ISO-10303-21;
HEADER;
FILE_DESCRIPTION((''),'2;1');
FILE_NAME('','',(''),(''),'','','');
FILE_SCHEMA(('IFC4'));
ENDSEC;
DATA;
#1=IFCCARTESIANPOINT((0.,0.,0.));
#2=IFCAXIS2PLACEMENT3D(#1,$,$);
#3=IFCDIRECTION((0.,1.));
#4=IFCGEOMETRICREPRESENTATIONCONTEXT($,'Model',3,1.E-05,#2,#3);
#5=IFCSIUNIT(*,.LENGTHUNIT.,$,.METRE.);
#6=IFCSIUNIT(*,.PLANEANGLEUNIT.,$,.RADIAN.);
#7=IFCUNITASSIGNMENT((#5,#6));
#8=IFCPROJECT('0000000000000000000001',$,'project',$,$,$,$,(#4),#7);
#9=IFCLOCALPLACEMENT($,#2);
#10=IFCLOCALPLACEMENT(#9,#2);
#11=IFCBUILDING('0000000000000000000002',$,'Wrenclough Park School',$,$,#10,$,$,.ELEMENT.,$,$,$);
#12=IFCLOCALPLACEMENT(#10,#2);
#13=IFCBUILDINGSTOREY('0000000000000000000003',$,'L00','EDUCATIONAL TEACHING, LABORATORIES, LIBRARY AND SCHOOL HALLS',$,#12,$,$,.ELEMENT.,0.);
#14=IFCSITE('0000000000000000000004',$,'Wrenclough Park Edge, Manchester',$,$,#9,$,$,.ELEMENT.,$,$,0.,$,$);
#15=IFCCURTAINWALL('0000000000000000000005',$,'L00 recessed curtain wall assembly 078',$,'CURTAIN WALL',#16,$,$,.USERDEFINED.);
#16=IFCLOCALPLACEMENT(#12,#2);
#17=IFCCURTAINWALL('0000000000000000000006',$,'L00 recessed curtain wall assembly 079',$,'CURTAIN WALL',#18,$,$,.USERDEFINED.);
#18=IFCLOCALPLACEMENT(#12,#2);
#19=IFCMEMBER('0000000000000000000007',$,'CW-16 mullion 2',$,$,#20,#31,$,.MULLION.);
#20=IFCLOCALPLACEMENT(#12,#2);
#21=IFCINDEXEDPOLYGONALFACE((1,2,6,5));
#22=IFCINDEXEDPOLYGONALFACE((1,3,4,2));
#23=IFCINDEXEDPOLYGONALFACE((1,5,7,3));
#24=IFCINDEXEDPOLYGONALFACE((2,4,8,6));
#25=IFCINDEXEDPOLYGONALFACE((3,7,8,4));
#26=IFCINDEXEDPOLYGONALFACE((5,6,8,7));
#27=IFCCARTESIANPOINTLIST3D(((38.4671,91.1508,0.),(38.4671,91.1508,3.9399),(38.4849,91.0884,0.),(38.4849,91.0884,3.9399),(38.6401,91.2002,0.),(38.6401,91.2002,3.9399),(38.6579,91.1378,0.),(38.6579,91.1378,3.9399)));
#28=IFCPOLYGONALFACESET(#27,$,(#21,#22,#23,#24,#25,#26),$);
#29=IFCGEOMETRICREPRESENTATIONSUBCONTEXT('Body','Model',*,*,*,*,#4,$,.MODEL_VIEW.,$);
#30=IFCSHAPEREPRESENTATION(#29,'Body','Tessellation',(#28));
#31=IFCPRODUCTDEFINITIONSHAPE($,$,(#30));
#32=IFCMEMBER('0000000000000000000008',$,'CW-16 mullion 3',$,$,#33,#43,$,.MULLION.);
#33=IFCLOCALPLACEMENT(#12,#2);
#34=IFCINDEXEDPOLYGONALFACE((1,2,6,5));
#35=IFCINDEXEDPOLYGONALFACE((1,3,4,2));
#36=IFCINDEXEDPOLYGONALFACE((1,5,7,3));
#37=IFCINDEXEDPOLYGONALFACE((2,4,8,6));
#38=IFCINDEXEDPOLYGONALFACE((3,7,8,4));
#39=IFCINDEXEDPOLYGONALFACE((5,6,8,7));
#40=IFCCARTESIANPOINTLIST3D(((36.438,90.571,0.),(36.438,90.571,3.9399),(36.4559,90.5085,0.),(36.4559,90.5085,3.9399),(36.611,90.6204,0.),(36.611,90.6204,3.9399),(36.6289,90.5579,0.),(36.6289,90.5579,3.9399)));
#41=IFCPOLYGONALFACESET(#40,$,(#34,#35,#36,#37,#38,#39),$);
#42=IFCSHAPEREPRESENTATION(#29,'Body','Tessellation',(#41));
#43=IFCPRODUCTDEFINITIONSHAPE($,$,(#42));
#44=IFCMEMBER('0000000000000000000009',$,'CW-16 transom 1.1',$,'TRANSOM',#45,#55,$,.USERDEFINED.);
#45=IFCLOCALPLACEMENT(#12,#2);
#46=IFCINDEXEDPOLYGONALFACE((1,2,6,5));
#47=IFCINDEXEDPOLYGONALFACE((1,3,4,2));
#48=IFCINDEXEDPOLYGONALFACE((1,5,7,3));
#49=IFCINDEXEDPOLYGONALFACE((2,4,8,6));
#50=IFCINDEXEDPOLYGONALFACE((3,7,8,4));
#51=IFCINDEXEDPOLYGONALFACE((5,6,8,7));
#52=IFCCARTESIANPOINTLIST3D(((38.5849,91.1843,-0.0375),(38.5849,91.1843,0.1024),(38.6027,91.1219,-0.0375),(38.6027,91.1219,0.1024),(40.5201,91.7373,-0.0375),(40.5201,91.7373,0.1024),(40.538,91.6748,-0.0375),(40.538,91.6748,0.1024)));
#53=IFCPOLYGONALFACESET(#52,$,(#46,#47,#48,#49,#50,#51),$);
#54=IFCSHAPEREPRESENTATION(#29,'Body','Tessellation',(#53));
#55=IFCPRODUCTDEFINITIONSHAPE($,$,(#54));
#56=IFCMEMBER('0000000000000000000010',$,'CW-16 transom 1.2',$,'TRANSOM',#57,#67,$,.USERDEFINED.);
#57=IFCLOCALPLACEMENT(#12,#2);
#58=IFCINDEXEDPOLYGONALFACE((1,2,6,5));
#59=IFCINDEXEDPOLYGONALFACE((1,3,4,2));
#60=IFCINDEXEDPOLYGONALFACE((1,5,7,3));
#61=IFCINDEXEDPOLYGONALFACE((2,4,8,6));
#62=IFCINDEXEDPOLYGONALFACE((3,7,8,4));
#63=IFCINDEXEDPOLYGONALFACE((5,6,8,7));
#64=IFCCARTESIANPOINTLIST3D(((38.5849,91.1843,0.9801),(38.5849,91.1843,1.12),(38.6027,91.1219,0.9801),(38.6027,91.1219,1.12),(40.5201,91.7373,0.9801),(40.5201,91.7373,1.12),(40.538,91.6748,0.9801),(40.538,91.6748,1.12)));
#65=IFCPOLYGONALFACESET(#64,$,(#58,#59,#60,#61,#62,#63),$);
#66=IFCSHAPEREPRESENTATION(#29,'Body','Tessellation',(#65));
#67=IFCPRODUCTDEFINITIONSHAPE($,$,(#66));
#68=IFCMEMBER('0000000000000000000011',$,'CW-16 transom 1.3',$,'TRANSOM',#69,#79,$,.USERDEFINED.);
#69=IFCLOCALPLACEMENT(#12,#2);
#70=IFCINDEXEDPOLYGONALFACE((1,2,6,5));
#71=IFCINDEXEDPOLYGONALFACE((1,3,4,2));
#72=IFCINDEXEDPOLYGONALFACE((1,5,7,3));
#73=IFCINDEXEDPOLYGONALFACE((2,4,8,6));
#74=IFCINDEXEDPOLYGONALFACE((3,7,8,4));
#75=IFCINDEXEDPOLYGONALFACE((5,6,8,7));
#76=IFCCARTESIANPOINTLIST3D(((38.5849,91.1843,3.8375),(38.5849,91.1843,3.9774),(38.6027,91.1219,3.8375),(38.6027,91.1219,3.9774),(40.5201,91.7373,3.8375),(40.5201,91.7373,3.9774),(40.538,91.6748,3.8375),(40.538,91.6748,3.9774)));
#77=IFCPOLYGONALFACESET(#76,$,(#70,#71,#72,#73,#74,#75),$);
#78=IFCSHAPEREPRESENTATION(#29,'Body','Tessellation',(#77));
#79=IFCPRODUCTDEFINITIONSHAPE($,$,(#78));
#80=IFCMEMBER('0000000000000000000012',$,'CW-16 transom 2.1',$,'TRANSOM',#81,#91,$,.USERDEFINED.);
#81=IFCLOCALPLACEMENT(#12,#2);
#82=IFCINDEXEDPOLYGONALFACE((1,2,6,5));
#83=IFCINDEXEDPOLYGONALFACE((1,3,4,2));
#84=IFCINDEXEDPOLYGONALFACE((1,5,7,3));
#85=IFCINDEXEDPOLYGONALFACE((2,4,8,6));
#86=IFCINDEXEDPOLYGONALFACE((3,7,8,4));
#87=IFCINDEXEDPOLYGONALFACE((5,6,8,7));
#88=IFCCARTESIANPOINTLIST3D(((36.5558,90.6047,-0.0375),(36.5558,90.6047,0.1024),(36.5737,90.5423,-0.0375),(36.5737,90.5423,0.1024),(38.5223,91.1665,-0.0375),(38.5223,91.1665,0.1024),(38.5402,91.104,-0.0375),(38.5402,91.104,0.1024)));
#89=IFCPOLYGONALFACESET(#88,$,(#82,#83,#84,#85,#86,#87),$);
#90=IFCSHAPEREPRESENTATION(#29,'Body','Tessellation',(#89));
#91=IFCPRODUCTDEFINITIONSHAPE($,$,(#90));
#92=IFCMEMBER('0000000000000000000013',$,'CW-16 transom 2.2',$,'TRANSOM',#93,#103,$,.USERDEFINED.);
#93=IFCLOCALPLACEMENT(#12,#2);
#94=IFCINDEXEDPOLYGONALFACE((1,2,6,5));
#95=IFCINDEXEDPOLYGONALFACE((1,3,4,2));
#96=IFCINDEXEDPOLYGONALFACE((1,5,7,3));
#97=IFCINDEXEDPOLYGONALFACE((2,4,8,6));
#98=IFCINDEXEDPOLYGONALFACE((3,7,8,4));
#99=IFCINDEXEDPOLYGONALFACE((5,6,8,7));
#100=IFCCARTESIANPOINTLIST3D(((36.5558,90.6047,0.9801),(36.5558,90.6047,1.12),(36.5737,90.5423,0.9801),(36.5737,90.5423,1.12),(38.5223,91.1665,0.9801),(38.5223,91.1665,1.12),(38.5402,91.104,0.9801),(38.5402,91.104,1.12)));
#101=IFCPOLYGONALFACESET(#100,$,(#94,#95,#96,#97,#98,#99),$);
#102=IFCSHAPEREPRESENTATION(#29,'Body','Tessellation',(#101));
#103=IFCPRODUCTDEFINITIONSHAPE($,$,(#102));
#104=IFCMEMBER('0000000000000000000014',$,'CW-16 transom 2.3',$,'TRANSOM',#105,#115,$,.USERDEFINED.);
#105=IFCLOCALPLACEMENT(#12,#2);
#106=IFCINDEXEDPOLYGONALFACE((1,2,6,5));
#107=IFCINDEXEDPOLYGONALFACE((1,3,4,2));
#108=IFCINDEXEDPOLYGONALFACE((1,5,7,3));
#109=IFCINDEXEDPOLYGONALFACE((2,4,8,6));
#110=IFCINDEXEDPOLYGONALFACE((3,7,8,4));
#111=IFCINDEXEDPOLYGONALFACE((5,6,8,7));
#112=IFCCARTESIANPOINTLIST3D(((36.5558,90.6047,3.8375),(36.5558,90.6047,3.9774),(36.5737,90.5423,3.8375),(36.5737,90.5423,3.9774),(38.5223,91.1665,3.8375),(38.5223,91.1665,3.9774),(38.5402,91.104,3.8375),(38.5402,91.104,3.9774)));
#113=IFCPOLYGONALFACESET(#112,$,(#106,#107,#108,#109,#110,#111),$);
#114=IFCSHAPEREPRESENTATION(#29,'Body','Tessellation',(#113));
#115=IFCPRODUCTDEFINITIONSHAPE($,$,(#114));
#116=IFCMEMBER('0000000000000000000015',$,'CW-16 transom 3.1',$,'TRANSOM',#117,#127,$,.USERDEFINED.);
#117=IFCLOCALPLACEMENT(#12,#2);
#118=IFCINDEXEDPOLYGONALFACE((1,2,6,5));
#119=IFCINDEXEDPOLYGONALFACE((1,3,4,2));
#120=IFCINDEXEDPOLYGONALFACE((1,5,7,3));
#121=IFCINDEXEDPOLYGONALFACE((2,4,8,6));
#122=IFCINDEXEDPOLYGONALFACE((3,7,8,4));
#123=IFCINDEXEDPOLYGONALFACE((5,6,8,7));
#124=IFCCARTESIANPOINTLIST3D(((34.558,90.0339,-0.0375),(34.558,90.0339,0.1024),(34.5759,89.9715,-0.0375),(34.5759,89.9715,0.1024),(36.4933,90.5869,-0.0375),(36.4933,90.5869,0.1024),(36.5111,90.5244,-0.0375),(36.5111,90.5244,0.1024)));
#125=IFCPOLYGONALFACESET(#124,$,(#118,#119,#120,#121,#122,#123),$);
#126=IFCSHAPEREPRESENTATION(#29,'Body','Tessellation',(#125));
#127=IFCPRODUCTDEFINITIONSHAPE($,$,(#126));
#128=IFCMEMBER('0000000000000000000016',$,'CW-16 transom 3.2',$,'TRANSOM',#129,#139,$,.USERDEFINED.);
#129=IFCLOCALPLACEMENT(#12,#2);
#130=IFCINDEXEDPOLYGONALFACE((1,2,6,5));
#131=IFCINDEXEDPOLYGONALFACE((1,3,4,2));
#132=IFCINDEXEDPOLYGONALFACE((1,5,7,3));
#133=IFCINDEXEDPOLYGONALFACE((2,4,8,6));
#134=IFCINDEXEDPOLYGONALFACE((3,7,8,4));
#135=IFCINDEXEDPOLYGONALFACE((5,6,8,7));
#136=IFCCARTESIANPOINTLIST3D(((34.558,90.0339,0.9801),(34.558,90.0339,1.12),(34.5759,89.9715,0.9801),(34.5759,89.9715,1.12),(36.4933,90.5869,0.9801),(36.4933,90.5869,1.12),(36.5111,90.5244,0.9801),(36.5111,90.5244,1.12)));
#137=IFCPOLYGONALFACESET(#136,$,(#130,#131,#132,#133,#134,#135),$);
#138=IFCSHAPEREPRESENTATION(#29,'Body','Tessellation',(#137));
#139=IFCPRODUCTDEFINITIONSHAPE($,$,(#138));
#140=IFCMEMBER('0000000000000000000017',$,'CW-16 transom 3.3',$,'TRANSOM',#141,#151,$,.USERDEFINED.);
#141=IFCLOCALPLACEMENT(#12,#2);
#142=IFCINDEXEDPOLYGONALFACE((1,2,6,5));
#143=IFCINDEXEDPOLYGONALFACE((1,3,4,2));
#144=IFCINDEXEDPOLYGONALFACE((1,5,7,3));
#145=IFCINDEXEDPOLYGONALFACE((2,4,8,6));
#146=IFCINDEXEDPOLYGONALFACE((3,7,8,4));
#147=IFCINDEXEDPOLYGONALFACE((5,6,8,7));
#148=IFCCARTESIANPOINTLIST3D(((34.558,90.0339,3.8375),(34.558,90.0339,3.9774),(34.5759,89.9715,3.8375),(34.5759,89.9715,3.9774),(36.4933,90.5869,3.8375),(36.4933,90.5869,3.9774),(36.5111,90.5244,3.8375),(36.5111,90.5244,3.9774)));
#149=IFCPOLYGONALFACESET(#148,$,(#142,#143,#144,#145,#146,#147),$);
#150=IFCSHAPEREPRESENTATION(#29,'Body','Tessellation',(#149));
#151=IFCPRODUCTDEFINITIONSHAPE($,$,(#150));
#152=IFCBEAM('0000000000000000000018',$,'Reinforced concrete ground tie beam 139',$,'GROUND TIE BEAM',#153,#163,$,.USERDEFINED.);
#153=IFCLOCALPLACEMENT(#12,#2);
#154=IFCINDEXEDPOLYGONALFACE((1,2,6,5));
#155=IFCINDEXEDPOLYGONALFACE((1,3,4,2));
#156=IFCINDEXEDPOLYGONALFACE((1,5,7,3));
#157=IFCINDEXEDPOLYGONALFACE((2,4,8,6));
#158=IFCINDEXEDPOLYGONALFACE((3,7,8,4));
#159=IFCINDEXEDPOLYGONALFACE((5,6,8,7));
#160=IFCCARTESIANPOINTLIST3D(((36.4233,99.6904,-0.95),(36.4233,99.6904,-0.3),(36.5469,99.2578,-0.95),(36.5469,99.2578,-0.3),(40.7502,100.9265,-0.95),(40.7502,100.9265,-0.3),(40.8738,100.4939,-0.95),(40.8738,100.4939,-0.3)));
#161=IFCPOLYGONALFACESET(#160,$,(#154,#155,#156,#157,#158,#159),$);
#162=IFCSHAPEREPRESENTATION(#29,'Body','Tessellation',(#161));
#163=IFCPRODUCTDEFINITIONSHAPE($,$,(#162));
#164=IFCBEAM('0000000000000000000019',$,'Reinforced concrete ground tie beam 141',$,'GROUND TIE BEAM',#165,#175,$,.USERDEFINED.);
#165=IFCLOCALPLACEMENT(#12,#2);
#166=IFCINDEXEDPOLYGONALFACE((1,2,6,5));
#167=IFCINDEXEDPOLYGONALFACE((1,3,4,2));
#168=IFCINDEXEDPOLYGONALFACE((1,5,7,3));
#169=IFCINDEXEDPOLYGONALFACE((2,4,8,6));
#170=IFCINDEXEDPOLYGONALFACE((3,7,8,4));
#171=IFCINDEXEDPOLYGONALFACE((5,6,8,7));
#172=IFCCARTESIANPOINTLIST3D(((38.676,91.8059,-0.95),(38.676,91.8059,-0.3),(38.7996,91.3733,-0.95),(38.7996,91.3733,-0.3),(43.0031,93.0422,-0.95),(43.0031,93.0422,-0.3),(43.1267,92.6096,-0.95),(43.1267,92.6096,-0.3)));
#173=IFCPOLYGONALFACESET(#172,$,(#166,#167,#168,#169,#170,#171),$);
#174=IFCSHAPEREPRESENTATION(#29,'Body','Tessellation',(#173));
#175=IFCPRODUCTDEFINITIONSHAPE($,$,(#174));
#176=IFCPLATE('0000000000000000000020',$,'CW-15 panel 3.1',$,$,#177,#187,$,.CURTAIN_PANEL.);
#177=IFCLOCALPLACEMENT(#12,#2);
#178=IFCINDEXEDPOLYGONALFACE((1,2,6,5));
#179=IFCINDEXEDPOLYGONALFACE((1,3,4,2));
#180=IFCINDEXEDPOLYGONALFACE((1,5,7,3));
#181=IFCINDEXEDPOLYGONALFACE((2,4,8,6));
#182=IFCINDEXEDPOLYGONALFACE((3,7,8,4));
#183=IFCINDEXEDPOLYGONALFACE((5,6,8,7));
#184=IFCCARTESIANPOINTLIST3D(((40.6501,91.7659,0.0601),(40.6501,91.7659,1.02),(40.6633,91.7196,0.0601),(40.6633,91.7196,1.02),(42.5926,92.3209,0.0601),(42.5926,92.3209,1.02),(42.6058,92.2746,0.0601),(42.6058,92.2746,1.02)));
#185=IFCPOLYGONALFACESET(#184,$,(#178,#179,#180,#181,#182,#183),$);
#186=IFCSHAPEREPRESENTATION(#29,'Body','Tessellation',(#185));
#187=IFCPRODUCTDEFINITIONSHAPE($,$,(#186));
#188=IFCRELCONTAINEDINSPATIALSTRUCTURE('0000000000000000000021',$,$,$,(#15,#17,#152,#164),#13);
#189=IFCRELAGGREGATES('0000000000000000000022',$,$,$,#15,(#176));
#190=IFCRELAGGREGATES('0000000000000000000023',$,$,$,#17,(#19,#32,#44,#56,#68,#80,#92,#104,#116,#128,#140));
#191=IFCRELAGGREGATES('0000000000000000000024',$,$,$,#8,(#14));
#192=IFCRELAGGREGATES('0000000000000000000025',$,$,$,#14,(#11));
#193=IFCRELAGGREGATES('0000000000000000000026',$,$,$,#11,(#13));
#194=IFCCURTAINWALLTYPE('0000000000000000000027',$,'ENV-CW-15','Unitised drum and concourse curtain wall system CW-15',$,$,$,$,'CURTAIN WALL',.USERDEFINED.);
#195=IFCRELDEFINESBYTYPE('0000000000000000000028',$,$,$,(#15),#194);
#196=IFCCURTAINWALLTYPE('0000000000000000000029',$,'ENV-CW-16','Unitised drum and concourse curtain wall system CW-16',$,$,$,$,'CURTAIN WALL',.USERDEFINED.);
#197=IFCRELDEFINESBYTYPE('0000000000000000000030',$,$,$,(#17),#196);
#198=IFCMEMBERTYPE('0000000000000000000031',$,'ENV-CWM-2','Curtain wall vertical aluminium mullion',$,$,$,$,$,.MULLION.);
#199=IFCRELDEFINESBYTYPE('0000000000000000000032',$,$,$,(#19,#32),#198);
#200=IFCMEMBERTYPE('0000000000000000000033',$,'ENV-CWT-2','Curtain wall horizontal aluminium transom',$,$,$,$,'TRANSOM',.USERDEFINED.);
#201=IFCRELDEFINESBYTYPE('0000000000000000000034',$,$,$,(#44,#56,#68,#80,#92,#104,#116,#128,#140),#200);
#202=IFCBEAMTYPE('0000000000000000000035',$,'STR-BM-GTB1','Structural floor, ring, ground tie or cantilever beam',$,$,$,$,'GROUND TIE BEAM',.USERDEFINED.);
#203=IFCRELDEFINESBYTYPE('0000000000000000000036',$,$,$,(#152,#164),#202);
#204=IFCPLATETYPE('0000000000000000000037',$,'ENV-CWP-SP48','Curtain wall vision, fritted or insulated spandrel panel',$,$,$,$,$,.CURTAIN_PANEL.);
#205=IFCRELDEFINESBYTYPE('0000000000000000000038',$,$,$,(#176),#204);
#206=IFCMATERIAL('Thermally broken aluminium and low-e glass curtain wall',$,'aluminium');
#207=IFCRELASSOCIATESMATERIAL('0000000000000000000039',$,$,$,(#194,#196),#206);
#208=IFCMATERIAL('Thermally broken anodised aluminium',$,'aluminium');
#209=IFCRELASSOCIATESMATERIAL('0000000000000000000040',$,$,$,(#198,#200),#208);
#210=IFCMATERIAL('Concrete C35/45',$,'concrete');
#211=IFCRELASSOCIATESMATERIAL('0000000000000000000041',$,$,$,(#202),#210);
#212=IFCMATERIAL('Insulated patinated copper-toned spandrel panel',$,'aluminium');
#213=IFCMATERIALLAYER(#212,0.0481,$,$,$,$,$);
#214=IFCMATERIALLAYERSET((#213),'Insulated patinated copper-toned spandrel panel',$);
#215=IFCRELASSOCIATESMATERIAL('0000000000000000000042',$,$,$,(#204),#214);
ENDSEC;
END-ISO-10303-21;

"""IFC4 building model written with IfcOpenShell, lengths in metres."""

from ifc_helpers import new_model, si_unit, direction, frame, origin, origin_2d, place, context, subcontext, project, spatial, rectangle, extrude, material, layer, layer_set, material_profile, profile_set, type_object, element, aggregate, save


model = new_model("IFC4")

# Units and contexts
model_context = context("Model", 3, precision=1e-05, world=origin(), true_north=direction((0.0, 1.0)))
body_context = subcontext(model_context, "Body", "Model", "MODEL_VIEW")
ifc_project = project(units=[si_unit("LENGTHUNIT", "METRE"), si_unit("PLANEANGLEUNIT", "RADIAN")], contexts=[model_context])

# Site, building, storey
site_placement = place(None, origin())
site = spatial("IfcSite", under=ifc_project, at=site_placement, Name="Wrenclough Park Edge, Manchester", CompositionType="ELEMENT", RefElevation=0.0)
building_placement = place(site_placement, origin())
building = spatial("IfcBuilding", under=site, at=building_placement, Name="Wrenclough Park School", CompositionType="ELEMENT")
storey_placement = place(building_placement, origin())
storey = spatial("IfcBuildingStorey", under=building, at=storey_placement, Name="L00", Description="EDUCATIONAL TEACHING, LABORATORIES, LIBRARY AND SCHOOL HALLS", CompositionType="ELEMENT", Elevation=0.0)

# Shared definitions
ifc_material_1 = material(Name="Concrete C35/45", Category="concrete")

# Curtain wall
ifc_material_2 = material(Name="Thermally broken aluminium and low-e glass curtain wall", Category="aluminium")
curtain_wall_type_1 = type_object("IfcCurtainWallType", Name="ENV-CW-15", Description="Unitised drum and concourse curtain wall system CW-15", ElementType="CURTAIN WALL", PredefinedType="USERDEFINED", material=ifc_material_2)
curtain_wall_1_placement = place(storey_placement, origin())
curtain_wall_1 = element("IfcCurtainWall", 1, at=curtain_wall_1_placement, inside=storey, type_object=curtain_wall_type_1, Name="L00 recessed curtain wall assembly 078", ObjectType="CURTAIN WALL", PredefinedType="USERDEFINED")
ifc_material_3 = material(Name="Thermally broken anodised aluminium", Category="aluminium")

# Curtain wall, members
curtain_wall_type_2 = type_object("IfcCurtainWallType", Name="ENV-CW-16", Description="Unitised drum and concourse curtain wall system CW-16", ElementType="CURTAIN WALL", PredefinedType="USERDEFINED", material=ifc_material_2)
curtain_wall_2_placement = place(storey_placement, origin())
curtain_wall_2 = element("IfcCurtainWall", 2, at=curtain_wall_2_placement, inside=storey, type_object=curtain_wall_type_2, Name="L00 recessed curtain wall assembly 079", ObjectType="CURTAIN WALL", PredefinedType="USERDEFINED")
ifc_material_profile_1 = material_profile(ifc_material_3, rectangle(XDim=0.0649, YDim=0.1799, at=origin_2d()), Name="AL MULLION 65x180")
ifc_profile_set_1 = profile_set([ifc_material_profile_1], Name="Thermally broken anodised aluminium")
member_type_1 = type_object("IfcMemberType", Name="ENV-CWM-2", Description="Curtain wall vertical aluminium mullion", PredefinedType="MULLION", material=ifc_profile_set_1)
member_1_placement = place(storey_placement, frame((38.5625, 91.1443, 0.0), z_axis=(0.0, 0.0, 1.0), x_axis=(0.274721, -0.961524, 0.0)))
member_1 = element("IfcMember", 3, at=member_1_placement, type_object=member_type_1, Name="CW-16 mullion 2", PredefinedType="MULLION", context=body_context, shape_type="SweptSolid", body=[
    extrude(rectangle(XDim=0.0649, YDim=0.1799, at=origin_2d()), origin(), (0.0, 0.0, 1.0), 3.9399),
])
member_2_placement = place(storey_placement, frame((36.5334, 90.5645, 0.0), z_axis=(0.0, 0.0, 1.0), x_axis=(0.274721, -0.961524, 0.0)))
member_2 = element("IfcMember", 4, at=member_2_placement, type_object=member_type_1, Name="CW-16 mullion 3", PredefinedType="MULLION", context=body_context, shape_type="SweptSolid", body=[
    extrude(rectangle(XDim=0.0649, YDim=0.1799, at=origin_2d()), origin(), (0.0, 0.0, 1.0), 3.9399),
])
ifc_material_profile_2 = material_profile(ifc_material_3, rectangle(XDim=0.0649, YDim=0.1399, at=origin_2d()), Name="AL TRANSOM 65x140")
ifc_profile_set_2 = profile_set([ifc_material_profile_2], Name="Thermally broken anodised aluminium")
member_type_2 = type_object("IfcMemberType", Name="ENV-CWT-2", Description="Curtain wall horizontal aluminium transom", ElementType="TRANSOM", PredefinedType="USERDEFINED", material=ifc_profile_set_2)
member_3_placement = place(storey_placement, frame((40.5291, 91.7061, 0.0325), z_axis=(-0.961519, -0.274737, 0.0), x_axis=(0.274737, -0.961519, 0.0)))
member_3 = element("IfcMember", 5, at=member_3_placement, type_object=member_type_2, Name="CW-16 transom 1.1", ObjectType="TRANSOM", PredefinedType="USERDEFINED", context=body_context, shape_type="SweptSolid", body=[
    extrude(rectangle(XDim=0.0649, YDim=0.1399, at=origin_2d()), origin(), (0.0, 0.0, 1.0), 2.0127),
])
member_4_placement = place(storey_placement, frame((40.5291, 91.7061, 1.05), z_axis=(-0.961519, -0.274737, 0.0), x_axis=(0.274737, -0.961519, 0.0)))
member_4 = element("IfcMember", 6, at=member_4_placement, type_object=member_type_2, Name="CW-16 transom 1.2", ObjectType="TRANSOM", PredefinedType="USERDEFINED", context=body_context, shape_type="SweptSolid", body=[
    extrude(rectangle(XDim=0.0649, YDim=0.1399, at=origin_2d()), origin(), (0.0, 0.0, 1.0), 2.0127),
])
member_5_placement = place(storey_placement, frame((40.5291, 91.7061, 3.9075), z_axis=(-0.961519, -0.274737, 0.0), x_axis=(0.274737, -0.961519, 0.0)))
member_5 = element("IfcMember", 7, at=member_5_placement, type_object=member_type_2, Name="CW-16 transom 1.3", ObjectType="TRANSOM", PredefinedType="USERDEFINED", context=body_context, shape_type="SweptSolid", body=[
    extrude(rectangle(XDim=0.0649, YDim=0.1399, at=origin_2d()), origin(), (0.0, 0.0, 1.0), 2.0127),
])
member_6_placement = place(storey_placement, frame((38.5312, 91.1353, 0.0325), z_axis=(-0.961537, -0.274674, 0.0), x_axis=(0.274674, -0.961537, 0.0)))
member_6 = element("IfcMember", 8, at=member_6_placement, type_object=member_type_2, Name="CW-16 transom 2.1", ObjectType="TRANSOM", PredefinedType="USERDEFINED", context=body_context, shape_type="SweptSolid", body=[
    extrude(rectangle(XDim=0.0649, YDim=0.1399, at=origin_2d()), origin(), (0.0, 0.0, 1.0), 2.0452),
])
member_7_placement = place(storey_placement, frame((38.5312, 91.1353, 1.05), z_axis=(-0.961537, -0.274674, 0.0), x_axis=(0.274674, -0.961537, 0.0)))
member_7 = element("IfcMember", 9, at=member_7_placement, type_object=member_type_2, Name="CW-16 transom 2.2", ObjectType="TRANSOM", PredefinedType="USERDEFINED", context=body_context, shape_type="SweptSolid", body=[
    extrude(rectangle(XDim=0.0649, YDim=0.1399, at=origin_2d()), origin(), (0.0, 0.0, 1.0), 2.0452),
])
member_8_placement = place(storey_placement, frame((38.5312, 91.1353, 3.9075), z_axis=(-0.961537, -0.274674, 0.0), x_axis=(0.274674, -0.961537, 0.0)))
member_8 = element("IfcMember", 10, at=member_8_placement, type_object=member_type_2, Name="CW-16 transom 2.3", ObjectType="TRANSOM", PredefinedType="USERDEFINED", context=body_context, shape_type="SweptSolid", body=[
    extrude(rectangle(XDim=0.0649, YDim=0.1399, at=origin_2d()), origin(), (0.0, 0.0, 1.0), 2.0452),
])
member_9_placement = place(storey_placement, frame((36.5022, 90.5557, 0.0325), z_axis=(-0.961519, -0.274737, 0.0), x_axis=(0.274737, -0.961519, 0.0)))
member_9 = element("IfcMember", 11, at=member_9_placement, type_object=member_type_2, Name="CW-16 transom 3.1", ObjectType="TRANSOM", PredefinedType="USERDEFINED", context=body_context, shape_type="SweptSolid", body=[
    extrude(rectangle(XDim=0.0649, YDim=0.1399, at=origin_2d()), origin(), (0.0, 0.0, 1.0), 2.0127),
])
member_10_placement = place(storey_placement, frame((36.5022, 90.5557, 1.05), z_axis=(-0.961519, -0.274737, 0.0), x_axis=(0.274737, -0.961519, 0.0)))
member_10 = element("IfcMember", 12, at=member_10_placement, type_object=member_type_2, Name="CW-16 transom 3.2", ObjectType="TRANSOM", PredefinedType="USERDEFINED", context=body_context, shape_type="SweptSolid", body=[
    extrude(rectangle(XDim=0.0649, YDim=0.1399, at=origin_2d()), origin(), (0.0, 0.0, 1.0), 2.0127),
])
member_11_placement = place(storey_placement, frame((36.5022, 90.5557, 3.9075), z_axis=(-0.961519, -0.274737, 0.0), x_axis=(0.274737, -0.961519, 0.0)))
member_11 = element("IfcMember", 13, at=member_11_placement, type_object=member_type_2, Name="CW-16 transom 3.3", ObjectType="TRANSOM", PredefinedType="USERDEFINED", context=body_context, shape_type="SweptSolid", body=[
    extrude(rectangle(XDim=0.0649, YDim=0.1399, at=origin_2d()), origin(), (0.0, 0.0, 1.0), 2.0127),
])

# Beams
ifc_material_profile_3 = material_profile(ifc_material_1, rectangle(XDim=0.45, YDim=0.6499, at=origin_2d()), Name="RC GROUND 450x650")
ifc_profile_set_3 = profile_set([ifc_material_profile_3], Name="Concrete C35/45")
beam_type = type_object("IfcBeamType", Name="STR-BM-GTB1", Description="Structural floor, ring, ground tie or cantilever beam", ElementType="GROUND TIE BEAM", PredefinedType="USERDEFINED", material=ifc_profile_set_3)
beam_1_placement = place(storey_placement, frame((36.4851, 99.4741, -0.625), z_axis=(0.961534, 0.274685, 0.0), x_axis=(-0.274685, 0.961534, 0.0)))
element("IfcBeam", 14, at=beam_1_placement, inside=storey, type_object=beam_type, Name="Reinforced concrete ground tie beam 139", ObjectType="GROUND TIE BEAM", PredefinedType="USERDEFINED", context=body_context, shape_type="SweptSolid", body=[
    extrude(rectangle(XDim=0.45, YDim=0.6499, at=origin_2d()), origin(), (0.0, 0.0, 1.0), 4.5),
])
beam_2_placement = place(storey_placement, frame((38.7378, 91.5896, -0.625), z_axis=(0.961524, 0.274721, 0.0), x_axis=(-0.274721, 0.961524, 0.0)))
element("IfcBeam", 15, at=beam_2_placement, inside=storey, type_object=beam_type, Name="Reinforced concrete ground tie beam 141", ObjectType="GROUND TIE BEAM", PredefinedType="USERDEFINED", context=body_context, shape_type="SweptSolid", body=[
    extrude(rectangle(XDim=0.45, YDim=0.6499, at=origin_2d()), origin(), (0.0, 0.0, 1.0), 4.5002),
])

# Plate
ifc_material_4 = material(Name="Insulated patinated copper-toned spandrel panel", Category="aluminium")
ifc_layer_1 = layer(ifc_material_4, 0.0481)
ifc_layer_set_1 = layer_set([ifc_layer_1], Name="Insulated patinated copper-toned spandrel panel")
plate_type_1 = type_object("IfcPlateType", Name="ENV-CWP-SP48", Description="Curtain wall vision, fritted or insulated spandrel panel", PredefinedType="CURTAIN_PANEL", material=ifc_layer_set_1)
plate_1_placement = place(storey_placement, frame((41.6279, 92.0203, 0.0601), z_axis=(0.0, 0.0, 1.0), x_axis=(-0.961527, -0.274711, 0.0)))
plate_1 = element("IfcPlate", 16, at=plate_1_placement, type_object=plate_type_1, Name="CW-15 panel 3.1", PredefinedType="CURTAIN_PANEL", context=body_context, shape_type="SweptSolid", body=[
    extrude(rectangle(XDim=2.0203, YDim=0.0481, at=origin_2d()), origin(), (0.0, 0.0, 1.0), 0.96),
])
aggregate(curtain_wall_1, [plate_1])
aggregate(curtain_wall_2, [member_1, member_2, member_3, member_4, member_5, member_6, member_7, member_8, member_9, member_10, member_11])

save(model, "model.ifc")
